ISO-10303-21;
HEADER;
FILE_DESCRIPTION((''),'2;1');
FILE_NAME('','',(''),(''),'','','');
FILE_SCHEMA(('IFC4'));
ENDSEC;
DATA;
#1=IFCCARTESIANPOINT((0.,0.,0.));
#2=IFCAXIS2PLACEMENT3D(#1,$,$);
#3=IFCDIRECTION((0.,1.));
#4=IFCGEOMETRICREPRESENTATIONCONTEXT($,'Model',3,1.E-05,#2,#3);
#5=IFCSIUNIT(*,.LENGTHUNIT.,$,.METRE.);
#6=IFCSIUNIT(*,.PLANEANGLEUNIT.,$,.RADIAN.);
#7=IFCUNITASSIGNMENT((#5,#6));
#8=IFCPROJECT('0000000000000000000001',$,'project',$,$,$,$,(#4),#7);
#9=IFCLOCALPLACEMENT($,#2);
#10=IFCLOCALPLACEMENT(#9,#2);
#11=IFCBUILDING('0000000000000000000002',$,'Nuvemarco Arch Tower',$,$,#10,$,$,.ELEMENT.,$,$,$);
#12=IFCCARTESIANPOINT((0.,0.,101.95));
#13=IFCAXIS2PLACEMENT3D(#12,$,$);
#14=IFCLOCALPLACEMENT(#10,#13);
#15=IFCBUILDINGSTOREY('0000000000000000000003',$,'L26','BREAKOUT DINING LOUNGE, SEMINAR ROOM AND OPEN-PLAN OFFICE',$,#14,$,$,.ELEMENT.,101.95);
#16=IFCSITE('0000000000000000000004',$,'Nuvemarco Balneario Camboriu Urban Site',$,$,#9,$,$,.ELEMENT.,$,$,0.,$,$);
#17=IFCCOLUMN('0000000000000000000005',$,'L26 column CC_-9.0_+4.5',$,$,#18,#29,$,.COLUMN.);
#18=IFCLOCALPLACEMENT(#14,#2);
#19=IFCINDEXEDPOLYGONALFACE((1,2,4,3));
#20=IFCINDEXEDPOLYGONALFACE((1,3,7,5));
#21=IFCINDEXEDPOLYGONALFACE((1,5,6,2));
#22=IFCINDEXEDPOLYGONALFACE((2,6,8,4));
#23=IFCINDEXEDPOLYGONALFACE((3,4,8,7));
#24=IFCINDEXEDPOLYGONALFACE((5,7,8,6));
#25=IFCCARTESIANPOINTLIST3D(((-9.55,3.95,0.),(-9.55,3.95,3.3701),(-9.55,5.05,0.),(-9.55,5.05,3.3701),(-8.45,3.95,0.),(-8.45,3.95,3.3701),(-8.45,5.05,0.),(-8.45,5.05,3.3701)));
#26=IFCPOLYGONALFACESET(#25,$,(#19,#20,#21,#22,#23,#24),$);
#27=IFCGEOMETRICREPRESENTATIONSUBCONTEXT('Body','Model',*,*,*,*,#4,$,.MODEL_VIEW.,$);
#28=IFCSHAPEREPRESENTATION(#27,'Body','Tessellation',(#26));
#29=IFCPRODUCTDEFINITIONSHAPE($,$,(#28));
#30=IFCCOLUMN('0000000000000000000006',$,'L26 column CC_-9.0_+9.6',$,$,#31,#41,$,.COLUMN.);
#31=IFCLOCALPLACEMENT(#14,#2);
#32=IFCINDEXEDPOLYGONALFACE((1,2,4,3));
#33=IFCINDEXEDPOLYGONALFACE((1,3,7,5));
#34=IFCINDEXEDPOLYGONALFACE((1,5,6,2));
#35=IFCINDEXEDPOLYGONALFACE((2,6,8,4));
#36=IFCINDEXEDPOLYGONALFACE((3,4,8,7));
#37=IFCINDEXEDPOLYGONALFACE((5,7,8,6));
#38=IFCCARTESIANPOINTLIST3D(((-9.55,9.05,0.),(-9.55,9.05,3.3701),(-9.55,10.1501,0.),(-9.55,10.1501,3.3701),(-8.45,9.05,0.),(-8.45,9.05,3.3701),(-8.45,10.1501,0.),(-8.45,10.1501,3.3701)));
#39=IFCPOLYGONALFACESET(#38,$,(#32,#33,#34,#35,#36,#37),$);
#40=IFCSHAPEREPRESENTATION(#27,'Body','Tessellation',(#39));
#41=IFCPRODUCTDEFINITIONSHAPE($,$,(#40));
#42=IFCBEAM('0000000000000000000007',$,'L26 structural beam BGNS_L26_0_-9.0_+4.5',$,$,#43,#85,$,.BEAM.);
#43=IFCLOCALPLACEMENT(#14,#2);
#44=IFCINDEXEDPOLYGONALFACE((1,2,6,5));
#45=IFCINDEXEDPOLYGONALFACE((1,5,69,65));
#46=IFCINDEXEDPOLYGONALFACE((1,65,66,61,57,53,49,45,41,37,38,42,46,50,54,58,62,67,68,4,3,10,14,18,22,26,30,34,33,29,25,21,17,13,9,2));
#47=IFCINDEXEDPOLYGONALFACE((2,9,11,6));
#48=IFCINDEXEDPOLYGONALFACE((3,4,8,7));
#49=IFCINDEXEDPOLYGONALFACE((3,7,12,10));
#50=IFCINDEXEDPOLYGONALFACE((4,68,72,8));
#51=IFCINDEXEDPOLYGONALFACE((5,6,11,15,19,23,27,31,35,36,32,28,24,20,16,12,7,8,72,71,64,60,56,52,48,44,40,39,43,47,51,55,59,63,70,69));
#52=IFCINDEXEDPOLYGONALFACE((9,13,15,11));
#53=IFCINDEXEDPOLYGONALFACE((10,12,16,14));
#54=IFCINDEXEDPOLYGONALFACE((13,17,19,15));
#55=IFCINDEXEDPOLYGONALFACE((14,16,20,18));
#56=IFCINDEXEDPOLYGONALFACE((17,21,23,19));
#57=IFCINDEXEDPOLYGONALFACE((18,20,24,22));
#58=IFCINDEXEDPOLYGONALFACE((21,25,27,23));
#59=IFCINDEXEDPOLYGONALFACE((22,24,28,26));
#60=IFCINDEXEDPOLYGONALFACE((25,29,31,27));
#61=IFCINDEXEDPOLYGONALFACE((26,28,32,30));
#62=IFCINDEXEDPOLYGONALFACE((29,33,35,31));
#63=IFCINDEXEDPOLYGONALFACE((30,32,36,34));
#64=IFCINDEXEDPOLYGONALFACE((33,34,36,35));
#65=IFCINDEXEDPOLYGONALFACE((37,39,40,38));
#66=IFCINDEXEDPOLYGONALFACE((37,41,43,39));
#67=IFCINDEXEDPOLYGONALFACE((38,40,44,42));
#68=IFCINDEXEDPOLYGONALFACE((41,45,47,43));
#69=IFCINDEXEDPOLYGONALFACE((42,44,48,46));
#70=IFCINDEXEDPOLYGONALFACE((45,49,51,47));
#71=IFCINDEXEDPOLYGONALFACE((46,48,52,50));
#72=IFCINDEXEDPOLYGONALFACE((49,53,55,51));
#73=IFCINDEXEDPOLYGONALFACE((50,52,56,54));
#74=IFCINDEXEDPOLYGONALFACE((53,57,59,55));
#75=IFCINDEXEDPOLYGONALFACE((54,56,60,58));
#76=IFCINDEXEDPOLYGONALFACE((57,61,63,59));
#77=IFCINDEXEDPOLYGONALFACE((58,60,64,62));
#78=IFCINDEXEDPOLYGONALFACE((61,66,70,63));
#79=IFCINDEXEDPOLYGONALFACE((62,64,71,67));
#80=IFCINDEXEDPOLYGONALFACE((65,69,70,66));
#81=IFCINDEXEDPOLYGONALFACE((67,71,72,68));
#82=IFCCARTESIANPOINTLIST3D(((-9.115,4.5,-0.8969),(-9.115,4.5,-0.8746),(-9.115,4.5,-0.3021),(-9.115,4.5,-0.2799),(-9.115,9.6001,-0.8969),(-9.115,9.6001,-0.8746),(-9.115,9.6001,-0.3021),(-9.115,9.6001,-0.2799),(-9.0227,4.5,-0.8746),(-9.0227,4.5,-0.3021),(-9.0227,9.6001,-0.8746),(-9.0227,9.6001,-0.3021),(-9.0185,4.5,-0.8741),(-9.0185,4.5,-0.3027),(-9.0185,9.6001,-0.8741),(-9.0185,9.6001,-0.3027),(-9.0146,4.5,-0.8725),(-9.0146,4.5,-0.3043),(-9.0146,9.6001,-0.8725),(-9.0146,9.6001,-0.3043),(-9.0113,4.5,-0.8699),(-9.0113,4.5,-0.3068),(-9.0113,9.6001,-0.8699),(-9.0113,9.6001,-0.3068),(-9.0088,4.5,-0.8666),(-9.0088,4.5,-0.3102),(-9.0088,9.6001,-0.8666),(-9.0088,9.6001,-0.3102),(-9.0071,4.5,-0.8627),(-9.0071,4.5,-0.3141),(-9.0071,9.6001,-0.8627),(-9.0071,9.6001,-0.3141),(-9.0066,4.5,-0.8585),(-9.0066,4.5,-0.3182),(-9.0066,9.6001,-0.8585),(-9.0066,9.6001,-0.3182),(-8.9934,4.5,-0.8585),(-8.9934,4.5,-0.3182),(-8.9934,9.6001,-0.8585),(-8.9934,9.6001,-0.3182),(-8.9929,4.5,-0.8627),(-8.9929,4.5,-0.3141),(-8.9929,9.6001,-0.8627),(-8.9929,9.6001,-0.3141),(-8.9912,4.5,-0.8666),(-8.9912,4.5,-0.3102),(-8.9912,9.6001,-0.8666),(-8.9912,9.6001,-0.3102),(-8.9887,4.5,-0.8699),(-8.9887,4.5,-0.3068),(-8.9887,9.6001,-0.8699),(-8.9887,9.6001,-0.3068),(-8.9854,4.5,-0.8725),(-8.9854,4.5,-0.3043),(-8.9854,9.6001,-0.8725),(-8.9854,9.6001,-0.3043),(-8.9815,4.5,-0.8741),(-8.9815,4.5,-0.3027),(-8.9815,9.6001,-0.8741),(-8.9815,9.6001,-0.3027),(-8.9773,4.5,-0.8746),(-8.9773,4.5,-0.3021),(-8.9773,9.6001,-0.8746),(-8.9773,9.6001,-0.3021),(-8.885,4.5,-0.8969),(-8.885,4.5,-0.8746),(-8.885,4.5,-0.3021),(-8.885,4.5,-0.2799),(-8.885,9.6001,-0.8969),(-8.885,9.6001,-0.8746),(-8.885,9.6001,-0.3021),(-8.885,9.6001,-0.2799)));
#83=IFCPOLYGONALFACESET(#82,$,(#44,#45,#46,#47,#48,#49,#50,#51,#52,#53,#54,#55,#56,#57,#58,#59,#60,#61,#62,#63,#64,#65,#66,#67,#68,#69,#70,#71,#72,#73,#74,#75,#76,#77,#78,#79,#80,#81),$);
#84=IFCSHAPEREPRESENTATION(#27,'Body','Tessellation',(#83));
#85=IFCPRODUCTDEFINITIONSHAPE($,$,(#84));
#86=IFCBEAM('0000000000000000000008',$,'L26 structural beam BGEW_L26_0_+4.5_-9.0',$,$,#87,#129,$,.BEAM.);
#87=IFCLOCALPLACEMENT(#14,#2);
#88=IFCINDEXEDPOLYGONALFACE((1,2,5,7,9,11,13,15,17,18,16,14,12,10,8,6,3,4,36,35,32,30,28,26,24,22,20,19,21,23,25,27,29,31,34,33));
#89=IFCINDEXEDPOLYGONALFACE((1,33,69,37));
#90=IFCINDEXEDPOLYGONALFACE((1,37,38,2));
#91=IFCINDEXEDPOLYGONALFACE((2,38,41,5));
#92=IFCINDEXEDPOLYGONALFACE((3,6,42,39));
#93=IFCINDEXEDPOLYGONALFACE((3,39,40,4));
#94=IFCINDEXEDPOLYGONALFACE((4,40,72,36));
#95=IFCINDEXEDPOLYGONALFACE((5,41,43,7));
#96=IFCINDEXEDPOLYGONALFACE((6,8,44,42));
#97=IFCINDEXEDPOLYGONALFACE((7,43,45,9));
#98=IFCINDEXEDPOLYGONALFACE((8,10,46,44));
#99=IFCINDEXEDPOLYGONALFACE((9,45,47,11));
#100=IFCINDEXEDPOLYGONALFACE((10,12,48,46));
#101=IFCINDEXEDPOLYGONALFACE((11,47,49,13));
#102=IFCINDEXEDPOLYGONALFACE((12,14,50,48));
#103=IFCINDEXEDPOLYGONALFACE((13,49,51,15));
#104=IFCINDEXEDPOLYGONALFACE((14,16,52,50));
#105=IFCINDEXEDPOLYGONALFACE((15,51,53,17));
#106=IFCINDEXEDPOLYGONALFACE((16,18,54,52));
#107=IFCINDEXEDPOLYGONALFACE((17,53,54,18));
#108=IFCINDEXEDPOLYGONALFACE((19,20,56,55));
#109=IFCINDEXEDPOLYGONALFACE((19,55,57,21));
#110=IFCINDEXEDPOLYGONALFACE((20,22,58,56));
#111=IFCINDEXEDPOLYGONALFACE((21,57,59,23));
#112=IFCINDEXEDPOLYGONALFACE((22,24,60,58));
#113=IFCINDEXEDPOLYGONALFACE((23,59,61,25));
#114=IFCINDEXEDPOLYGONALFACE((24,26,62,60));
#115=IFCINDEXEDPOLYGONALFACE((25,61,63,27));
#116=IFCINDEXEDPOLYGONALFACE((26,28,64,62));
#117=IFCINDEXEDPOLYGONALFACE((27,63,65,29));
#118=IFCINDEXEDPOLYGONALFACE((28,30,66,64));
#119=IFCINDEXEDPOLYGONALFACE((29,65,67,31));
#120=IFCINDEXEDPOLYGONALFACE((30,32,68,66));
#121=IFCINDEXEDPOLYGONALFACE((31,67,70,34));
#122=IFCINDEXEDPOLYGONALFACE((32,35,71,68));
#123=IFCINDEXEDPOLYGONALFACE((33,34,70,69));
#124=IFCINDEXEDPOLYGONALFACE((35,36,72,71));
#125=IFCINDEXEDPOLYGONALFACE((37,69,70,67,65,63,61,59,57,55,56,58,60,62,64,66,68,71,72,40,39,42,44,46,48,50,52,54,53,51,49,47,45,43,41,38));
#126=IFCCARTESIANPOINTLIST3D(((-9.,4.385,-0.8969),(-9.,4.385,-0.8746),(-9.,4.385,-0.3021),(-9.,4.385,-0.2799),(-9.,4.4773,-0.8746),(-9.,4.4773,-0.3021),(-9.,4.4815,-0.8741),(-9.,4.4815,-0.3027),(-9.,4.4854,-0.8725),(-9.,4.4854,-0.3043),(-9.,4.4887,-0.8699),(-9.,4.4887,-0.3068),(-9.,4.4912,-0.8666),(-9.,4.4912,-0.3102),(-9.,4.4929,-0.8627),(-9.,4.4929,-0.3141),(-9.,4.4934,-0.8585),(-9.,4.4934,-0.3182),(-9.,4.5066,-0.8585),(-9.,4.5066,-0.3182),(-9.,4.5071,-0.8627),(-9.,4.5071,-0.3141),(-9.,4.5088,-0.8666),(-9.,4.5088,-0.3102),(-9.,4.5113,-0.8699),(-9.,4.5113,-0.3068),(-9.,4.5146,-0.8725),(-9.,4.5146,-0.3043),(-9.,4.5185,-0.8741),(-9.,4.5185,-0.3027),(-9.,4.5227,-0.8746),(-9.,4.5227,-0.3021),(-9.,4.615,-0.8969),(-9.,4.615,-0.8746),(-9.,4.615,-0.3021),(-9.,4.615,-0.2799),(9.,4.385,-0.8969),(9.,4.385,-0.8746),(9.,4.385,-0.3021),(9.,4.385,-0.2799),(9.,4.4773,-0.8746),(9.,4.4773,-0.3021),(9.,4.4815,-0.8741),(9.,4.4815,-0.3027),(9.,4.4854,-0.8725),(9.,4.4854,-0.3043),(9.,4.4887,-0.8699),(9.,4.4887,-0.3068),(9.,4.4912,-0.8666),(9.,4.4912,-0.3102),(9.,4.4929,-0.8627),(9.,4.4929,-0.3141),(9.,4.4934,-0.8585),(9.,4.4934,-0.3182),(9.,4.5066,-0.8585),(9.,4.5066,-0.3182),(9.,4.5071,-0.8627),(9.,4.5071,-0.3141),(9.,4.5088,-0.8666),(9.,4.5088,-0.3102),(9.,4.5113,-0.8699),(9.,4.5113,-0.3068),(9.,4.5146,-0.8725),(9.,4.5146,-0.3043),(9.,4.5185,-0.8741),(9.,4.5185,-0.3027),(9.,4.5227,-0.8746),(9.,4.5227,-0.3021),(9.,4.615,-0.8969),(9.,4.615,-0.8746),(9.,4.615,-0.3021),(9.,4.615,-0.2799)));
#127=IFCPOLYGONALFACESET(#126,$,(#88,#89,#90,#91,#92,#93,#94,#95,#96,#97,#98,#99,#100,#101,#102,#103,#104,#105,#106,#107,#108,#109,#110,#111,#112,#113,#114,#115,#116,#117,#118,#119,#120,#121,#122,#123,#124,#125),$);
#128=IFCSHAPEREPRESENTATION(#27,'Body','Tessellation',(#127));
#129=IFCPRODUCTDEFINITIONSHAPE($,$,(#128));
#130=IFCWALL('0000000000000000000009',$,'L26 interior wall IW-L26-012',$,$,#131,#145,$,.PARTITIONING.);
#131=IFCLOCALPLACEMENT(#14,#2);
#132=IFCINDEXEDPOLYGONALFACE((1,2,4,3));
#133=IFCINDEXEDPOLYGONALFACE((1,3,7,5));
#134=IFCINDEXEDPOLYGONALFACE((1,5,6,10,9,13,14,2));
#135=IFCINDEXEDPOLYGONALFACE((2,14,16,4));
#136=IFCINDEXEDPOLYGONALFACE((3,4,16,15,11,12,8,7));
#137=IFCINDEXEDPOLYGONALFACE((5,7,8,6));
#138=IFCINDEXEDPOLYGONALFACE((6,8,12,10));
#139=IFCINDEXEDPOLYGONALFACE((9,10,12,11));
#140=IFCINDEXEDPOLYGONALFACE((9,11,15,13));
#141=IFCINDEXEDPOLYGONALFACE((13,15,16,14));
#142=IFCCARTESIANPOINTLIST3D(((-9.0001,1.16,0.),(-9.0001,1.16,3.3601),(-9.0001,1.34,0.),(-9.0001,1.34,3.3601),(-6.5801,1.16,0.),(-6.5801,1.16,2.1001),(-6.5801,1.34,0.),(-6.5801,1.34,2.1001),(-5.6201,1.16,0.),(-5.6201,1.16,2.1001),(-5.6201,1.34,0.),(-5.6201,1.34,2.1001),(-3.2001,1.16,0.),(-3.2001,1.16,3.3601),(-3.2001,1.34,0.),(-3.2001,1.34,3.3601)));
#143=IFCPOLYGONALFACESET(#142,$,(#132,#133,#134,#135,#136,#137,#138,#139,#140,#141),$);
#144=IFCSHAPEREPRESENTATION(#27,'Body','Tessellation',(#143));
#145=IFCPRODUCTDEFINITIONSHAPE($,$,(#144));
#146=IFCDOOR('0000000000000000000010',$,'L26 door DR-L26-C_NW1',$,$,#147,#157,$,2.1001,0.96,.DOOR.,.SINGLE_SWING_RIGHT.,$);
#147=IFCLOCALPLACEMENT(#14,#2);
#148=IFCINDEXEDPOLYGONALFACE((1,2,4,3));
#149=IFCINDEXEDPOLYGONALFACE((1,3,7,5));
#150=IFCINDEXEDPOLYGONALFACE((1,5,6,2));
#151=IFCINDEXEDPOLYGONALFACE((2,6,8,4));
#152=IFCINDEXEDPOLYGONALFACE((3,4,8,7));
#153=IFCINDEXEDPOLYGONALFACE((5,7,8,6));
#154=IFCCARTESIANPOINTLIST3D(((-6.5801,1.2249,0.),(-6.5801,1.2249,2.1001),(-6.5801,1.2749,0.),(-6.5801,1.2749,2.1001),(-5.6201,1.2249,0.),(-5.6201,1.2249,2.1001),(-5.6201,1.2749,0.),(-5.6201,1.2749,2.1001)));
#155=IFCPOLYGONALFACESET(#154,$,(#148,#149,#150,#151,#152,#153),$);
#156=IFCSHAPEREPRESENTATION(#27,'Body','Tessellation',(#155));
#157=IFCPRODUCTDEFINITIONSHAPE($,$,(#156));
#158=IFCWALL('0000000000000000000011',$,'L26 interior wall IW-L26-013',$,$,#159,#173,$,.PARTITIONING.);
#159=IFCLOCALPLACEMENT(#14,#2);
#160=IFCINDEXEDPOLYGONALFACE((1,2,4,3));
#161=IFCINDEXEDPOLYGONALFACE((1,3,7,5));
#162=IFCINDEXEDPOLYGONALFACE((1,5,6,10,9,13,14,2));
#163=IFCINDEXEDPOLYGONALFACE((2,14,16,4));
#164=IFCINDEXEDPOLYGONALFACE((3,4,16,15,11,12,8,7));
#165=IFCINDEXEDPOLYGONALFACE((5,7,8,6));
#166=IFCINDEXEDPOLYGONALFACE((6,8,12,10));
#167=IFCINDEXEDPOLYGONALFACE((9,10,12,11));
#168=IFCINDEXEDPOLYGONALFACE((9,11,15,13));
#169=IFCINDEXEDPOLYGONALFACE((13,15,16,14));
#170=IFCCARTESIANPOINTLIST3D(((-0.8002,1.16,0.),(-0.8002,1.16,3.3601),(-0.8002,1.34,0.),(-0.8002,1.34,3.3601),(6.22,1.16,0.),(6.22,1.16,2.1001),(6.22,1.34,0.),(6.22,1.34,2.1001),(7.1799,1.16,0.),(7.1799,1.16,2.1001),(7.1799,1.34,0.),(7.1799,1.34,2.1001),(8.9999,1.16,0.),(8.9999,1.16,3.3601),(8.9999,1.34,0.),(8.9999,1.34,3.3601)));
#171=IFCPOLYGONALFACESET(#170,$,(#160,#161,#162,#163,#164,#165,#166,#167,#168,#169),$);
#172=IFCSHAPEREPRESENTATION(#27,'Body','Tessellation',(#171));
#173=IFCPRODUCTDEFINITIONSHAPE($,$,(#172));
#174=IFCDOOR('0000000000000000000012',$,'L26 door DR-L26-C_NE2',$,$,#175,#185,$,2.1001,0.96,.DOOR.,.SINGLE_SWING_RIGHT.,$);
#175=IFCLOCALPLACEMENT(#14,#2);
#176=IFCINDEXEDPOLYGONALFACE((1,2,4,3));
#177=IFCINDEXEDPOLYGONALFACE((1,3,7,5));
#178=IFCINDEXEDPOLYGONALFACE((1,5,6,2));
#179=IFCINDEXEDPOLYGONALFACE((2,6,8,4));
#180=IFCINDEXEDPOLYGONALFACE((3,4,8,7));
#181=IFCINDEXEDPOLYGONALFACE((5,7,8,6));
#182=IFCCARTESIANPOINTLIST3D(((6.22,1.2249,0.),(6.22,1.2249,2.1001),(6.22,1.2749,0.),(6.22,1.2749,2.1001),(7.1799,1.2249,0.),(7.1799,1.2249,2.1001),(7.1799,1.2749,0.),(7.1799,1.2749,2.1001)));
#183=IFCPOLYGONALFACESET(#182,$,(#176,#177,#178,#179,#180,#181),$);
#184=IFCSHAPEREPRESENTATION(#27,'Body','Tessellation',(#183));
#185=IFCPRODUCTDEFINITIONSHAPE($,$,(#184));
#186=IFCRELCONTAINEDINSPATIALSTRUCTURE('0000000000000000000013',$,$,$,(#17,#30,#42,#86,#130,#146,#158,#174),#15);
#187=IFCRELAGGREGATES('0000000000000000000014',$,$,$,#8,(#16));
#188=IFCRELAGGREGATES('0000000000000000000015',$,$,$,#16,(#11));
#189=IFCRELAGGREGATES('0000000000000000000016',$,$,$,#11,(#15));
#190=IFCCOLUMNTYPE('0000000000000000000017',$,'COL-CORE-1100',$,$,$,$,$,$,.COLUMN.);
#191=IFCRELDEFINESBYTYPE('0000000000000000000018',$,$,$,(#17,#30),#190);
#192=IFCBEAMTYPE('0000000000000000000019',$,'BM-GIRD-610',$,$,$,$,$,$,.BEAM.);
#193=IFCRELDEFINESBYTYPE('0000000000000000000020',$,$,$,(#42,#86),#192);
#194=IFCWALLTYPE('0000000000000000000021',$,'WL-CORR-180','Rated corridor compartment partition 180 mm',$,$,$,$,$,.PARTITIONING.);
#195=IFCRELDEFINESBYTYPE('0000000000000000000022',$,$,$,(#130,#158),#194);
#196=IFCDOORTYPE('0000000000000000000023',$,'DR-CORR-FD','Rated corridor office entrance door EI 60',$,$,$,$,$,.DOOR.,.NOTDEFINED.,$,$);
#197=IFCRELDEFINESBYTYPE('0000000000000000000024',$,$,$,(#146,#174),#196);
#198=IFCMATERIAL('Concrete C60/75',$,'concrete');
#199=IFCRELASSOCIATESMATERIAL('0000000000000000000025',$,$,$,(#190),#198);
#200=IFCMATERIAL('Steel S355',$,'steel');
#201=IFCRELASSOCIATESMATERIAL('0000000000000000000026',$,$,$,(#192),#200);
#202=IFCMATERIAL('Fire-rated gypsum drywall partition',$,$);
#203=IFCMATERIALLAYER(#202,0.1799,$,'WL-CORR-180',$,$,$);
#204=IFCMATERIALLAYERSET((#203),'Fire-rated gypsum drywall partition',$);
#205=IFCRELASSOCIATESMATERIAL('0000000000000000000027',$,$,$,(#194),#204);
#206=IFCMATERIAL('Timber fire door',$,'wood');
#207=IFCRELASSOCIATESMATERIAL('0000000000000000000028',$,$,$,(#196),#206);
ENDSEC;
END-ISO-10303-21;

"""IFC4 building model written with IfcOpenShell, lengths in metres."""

from ifc_helpers import new_model, si_unit, direction, frame, frame_2d, origin, origin_2d, place, context, subcontext, project, spatial, rectangle, i_section, extrude, source, transform, mapped, material, layer, layer_set, material_profile, profile_set, type_object, type_shapes, element, fill, save


model = new_model("IFC4")

# Units and contexts
model_context = context("Model", 3, precision=1e-05, world=origin(), true_north=direction((0.0, 1.0)))
body_context = subcontext(model_context, "Body", "Model", "MODEL_VIEW")
ifc_project = project(units=[si_unit("LENGTHUNIT", "METRE"), si_unit("PLANEANGLEUNIT", "RADIAN")], contexts=[model_context])

# Site, building, storey
site_placement = place(None, origin())
site = spatial("IfcSite", under=ifc_project, at=site_placement, Name="Nuvemarco Balneario Camboriu Urban Site", CompositionType="ELEMENT", RefElevation=0.0)
building_placement = place(site_placement, origin())
building = spatial("IfcBuilding", under=site, at=building_placement, Name="Nuvemarco Arch Tower", CompositionType="ELEMENT")
storey_placement = place(building_placement, frame((0.0, 0.0, 101.95)))
storey = spatial("IfcBuildingStorey", under=building, at=storey_placement, Name="L26", Description="BREAKOUT DINING LOUNGE, SEMINAR ROOM AND OPEN-PLAN OFFICE", CompositionType="ELEMENT", Elevation=101.95)

# Columns
ifc_material_1 = material(Name="Concrete C60/75", Category="concrete")
ifc_material_profile_1 = material_profile(ifc_material_1, rectangle(XDim=1.1001, YDim=1.1001, at=origin_2d()), Name="RC-COL-1100x1100")
ifc_profile_set_1 = profile_set([ifc_material_profile_1], Name="Concrete C60/75")
column_type = type_object("IfcColumnType", Name="COL-CORE-1100", PredefinedType="COLUMN", material=ifc_profile_set_1)
for number, where, z_axis, x_axis, name in (
    (1, (-9.0, 4.5, 0.0), (0.0, 0.0, 1.0), (1.0, 0.0, 0.0), "L26 column CC_-9.0_+4.5"),
    (2, (-9.0, 9.6001, 0.0), (0.0, 0.0, 1.0), (1.0, 0.0, 0.0), "L26 column CC_-9.0_+9.6"),
):
    element("IfcColumn", number, at=place(storey_placement, frame(where, z_axis=z_axis, x_axis=x_axis)), inside=storey, type_object=column_type, Name=name, PredefinedType="COLUMN", context=body_context, shape_type="SweptSolid", body=[
        extrude(rectangle(XDim=1.1001, YDim=1.1001, at=origin_2d()), origin(), (0.0, 0.0, 1.0), 3.3701),
    ])

# Beams
ifc_material_2 = material(Name="Steel S355", Category="steel")
ifc_material_profile_2 = material_profile(ifc_material_2, i_section(OverallWidth=0.23, OverallDepth=0.6169, WebThickness=0.0132, FlangeThickness=0.0222, FilletRadius=0.0161, at=origin_2d()), Name="W610x140")
ifc_profile_set_2 = profile_set([ifc_material_profile_2], Name="Steel S355")
beam_type = type_object("IfcBeamType", Name="BM-GIRD-610", PredefinedType="BEAM", material=ifc_profile_set_2)
beam_1_placement = place(storey_placement, frame((-9.0, 4.5, -0.5884), z_axis=(0.0, 1.0, 0.0), x_axis=(-1.0, 0.0, 0.0)))
element("IfcBeam", 3, at=beam_1_placement, inside=storey, type_object=beam_type, Name="L26 structural beam BGNS_L26_0_-9.0_+4.5", PredefinedType="BEAM", context=body_context, shape_type="SweptSolid", body=[
    extrude(i_section(OverallWidth=0.23, OverallDepth=0.6169, WebThickness=0.0132, FlangeThickness=0.0222, FilletRadius=0.0161, at=origin_2d()), origin(), (0.0, 0.0, 1.0), 5.1001),
])
beam_2_placement = place(storey_placement, frame((-9.0, 4.5, -0.5884), z_axis=(1.0, 0.0, 0.0), x_axis=(0.0, 1.0, 0.0)))
element("IfcBeam", 4, at=beam_2_placement, inside=storey, type_object=beam_type, Name="L26 structural beam BGEW_L26_0_+4.5_-9.0", PredefinedType="BEAM", context=body_context, shape_type="SweptSolid", body=[
    extrude(i_section(OverallWidth=0.23, OverallDepth=0.6169, WebThickness=0.0132, FlangeThickness=0.0222, FilletRadius=0.0161, at=origin_2d()), origin(), (0.0, 0.0, 1.0), 18.0),
])

# Walls, openings, doors
ifc_material_3 = material(Name="Fire-rated gypsum drywall partition")
ifc_layer_1 = layer(ifc_material_3, 0.1799, Name="WL-CORR-180")
ifc_layer_set_1 = layer_set([ifc_layer_1], Name="Fire-rated gypsum drywall partition")
wall_type_1 = type_object("IfcWallType", Name="WL-CORR-180", Description="Rated corridor compartment partition 180 mm", PredefinedType="PARTITIONING", material=ifc_layer_set_1)
wall_1_placement = place(storey_placement, frame((-9.0, 1.25, 0.0), z_axis=(0.0, 0.0, 1.0), x_axis=(1.0, 0.0, 0.0)))
wall_1 = element("IfcWall", 5, at=wall_1_placement, inside=storey, type_object=wall_type_1, Name="L26 interior wall IW-L26-012", PredefinedType="PARTITIONING", context=body_context, shape_type="SweptSolid", body=[
    extrude(rectangle(XDim=5.8, YDim=0.1799, at=frame_2d((2.8999, 0.0))), origin(), (0.0, 0.0, 1.0), 3.3601),
])
opening_1_placement = place(wall_1_placement, frame((2.4199, 0.0, 0.0)))
opening_1 = element("IfcOpeningElement", 6, at=opening_1_placement, cuts=wall_1, PredefinedType="OPENING", context=body_context, shape_type="SweptSolid", body=[
    extrude(rectangle(XDim=0.96, YDim=2.1001, at=frame_2d((0.48, 1.05))), frame((0.0, 0.0999, 0.0), z_axis=(0.0, -1.0, 0.0), x_axis=(1.0, 0.0, 0.0)), (0.0, 0.0, 1.0), 0.2),
])
ifc_material_4 = material(Name="Timber fire door", Category="wood")
door_type_1 = type_object("IfcDoorType", Name="DR-CORR-FD", Description="Rated corridor office entrance door EI 60", OperationType="NOTDEFINED", PredefinedType="DOOR", material=ifc_material_4)
shared_shape_1 = source(origin(), body_context, "Body", "SweptSolid", [
    extrude(rectangle(XDim=0.96, YDim=2.1001, at=frame_2d((0.48, 1.05))), frame((0.0, 0.0249, 0.0), z_axis=(0.0, -1.0, 0.0), x_axis=(1.0, 0.0, 0.0)), (0.0, 0.0, 1.0), 0.05),
])
type_shapes(door_type_1, [shared_shape_1])
door_1_placement = place(opening_1_placement, origin())
door_1 = element("IfcDoor", 7, at=door_1_placement, inside=storey, type_object=door_type_1, Name="L26 door DR-L26-C_NW1", OperationType="SINGLE_SWING_RIGHT", OverallHeight=2.1001, OverallWidth=0.96, PredefinedType="DOOR", context=body_context, shape_type="MappedRepresentation", body=[
    mapped(shared_shape_1, transform((0.0, 0.0, 0.0), scale=1.0)),
])
fill(opening_1, door_1)
wall_2_placement = place(storey_placement, frame((-0.8, 1.25, 0.0), z_axis=(0.0, 0.0, 1.0), x_axis=(1.0, 0.0, 0.0)))
wall_2 = element("IfcWall", 8, at=wall_2_placement, inside=storey, type_object=wall_type_1, Name="L26 interior wall IW-L26-013", PredefinedType="PARTITIONING", context=body_context, shape_type="SweptSolid", body=[
    extrude(rectangle(XDim=9.8, YDim=0.1799, at=frame_2d((4.8999, 0.0))), origin(), (0.0, 0.0, 1.0), 3.3601),
])
opening_2_placement = place(wall_2_placement, frame((7.02, 0.0, 0.0)))
opening_2 = element("IfcOpeningElement", 9, at=opening_2_placement, cuts=wall_2, PredefinedType="OPENING", context=body_context, shape_type="SweptSolid", body=[
    extrude(rectangle(XDim=0.96, YDim=2.1001, at=frame_2d((0.48, 1.05))), frame((0.0, 0.0999, 0.0), z_axis=(0.0, -1.0, 0.0), x_axis=(1.0, 0.0, 0.0)), (0.0, 0.0, 1.0), 0.2),
])
door_2_placement = place(opening_2_placement, origin())
door_2 = element("IfcDoor", 10, at=door_2_placement, inside=storey, type_object=door_type_1, Name="L26 door DR-L26-C_NE2", OperationType="SINGLE_SWING_RIGHT", OverallHeight=2.1001, OverallWidth=0.96, PredefinedType="DOOR", context=body_context, shape_type="MappedRepresentation", body=[
    mapped(shared_shape_1, transform((0.0, 0.0, 0.0), scale=1.0)),
])
fill(opening_2, door_2)

save(model, "model.ifc")
